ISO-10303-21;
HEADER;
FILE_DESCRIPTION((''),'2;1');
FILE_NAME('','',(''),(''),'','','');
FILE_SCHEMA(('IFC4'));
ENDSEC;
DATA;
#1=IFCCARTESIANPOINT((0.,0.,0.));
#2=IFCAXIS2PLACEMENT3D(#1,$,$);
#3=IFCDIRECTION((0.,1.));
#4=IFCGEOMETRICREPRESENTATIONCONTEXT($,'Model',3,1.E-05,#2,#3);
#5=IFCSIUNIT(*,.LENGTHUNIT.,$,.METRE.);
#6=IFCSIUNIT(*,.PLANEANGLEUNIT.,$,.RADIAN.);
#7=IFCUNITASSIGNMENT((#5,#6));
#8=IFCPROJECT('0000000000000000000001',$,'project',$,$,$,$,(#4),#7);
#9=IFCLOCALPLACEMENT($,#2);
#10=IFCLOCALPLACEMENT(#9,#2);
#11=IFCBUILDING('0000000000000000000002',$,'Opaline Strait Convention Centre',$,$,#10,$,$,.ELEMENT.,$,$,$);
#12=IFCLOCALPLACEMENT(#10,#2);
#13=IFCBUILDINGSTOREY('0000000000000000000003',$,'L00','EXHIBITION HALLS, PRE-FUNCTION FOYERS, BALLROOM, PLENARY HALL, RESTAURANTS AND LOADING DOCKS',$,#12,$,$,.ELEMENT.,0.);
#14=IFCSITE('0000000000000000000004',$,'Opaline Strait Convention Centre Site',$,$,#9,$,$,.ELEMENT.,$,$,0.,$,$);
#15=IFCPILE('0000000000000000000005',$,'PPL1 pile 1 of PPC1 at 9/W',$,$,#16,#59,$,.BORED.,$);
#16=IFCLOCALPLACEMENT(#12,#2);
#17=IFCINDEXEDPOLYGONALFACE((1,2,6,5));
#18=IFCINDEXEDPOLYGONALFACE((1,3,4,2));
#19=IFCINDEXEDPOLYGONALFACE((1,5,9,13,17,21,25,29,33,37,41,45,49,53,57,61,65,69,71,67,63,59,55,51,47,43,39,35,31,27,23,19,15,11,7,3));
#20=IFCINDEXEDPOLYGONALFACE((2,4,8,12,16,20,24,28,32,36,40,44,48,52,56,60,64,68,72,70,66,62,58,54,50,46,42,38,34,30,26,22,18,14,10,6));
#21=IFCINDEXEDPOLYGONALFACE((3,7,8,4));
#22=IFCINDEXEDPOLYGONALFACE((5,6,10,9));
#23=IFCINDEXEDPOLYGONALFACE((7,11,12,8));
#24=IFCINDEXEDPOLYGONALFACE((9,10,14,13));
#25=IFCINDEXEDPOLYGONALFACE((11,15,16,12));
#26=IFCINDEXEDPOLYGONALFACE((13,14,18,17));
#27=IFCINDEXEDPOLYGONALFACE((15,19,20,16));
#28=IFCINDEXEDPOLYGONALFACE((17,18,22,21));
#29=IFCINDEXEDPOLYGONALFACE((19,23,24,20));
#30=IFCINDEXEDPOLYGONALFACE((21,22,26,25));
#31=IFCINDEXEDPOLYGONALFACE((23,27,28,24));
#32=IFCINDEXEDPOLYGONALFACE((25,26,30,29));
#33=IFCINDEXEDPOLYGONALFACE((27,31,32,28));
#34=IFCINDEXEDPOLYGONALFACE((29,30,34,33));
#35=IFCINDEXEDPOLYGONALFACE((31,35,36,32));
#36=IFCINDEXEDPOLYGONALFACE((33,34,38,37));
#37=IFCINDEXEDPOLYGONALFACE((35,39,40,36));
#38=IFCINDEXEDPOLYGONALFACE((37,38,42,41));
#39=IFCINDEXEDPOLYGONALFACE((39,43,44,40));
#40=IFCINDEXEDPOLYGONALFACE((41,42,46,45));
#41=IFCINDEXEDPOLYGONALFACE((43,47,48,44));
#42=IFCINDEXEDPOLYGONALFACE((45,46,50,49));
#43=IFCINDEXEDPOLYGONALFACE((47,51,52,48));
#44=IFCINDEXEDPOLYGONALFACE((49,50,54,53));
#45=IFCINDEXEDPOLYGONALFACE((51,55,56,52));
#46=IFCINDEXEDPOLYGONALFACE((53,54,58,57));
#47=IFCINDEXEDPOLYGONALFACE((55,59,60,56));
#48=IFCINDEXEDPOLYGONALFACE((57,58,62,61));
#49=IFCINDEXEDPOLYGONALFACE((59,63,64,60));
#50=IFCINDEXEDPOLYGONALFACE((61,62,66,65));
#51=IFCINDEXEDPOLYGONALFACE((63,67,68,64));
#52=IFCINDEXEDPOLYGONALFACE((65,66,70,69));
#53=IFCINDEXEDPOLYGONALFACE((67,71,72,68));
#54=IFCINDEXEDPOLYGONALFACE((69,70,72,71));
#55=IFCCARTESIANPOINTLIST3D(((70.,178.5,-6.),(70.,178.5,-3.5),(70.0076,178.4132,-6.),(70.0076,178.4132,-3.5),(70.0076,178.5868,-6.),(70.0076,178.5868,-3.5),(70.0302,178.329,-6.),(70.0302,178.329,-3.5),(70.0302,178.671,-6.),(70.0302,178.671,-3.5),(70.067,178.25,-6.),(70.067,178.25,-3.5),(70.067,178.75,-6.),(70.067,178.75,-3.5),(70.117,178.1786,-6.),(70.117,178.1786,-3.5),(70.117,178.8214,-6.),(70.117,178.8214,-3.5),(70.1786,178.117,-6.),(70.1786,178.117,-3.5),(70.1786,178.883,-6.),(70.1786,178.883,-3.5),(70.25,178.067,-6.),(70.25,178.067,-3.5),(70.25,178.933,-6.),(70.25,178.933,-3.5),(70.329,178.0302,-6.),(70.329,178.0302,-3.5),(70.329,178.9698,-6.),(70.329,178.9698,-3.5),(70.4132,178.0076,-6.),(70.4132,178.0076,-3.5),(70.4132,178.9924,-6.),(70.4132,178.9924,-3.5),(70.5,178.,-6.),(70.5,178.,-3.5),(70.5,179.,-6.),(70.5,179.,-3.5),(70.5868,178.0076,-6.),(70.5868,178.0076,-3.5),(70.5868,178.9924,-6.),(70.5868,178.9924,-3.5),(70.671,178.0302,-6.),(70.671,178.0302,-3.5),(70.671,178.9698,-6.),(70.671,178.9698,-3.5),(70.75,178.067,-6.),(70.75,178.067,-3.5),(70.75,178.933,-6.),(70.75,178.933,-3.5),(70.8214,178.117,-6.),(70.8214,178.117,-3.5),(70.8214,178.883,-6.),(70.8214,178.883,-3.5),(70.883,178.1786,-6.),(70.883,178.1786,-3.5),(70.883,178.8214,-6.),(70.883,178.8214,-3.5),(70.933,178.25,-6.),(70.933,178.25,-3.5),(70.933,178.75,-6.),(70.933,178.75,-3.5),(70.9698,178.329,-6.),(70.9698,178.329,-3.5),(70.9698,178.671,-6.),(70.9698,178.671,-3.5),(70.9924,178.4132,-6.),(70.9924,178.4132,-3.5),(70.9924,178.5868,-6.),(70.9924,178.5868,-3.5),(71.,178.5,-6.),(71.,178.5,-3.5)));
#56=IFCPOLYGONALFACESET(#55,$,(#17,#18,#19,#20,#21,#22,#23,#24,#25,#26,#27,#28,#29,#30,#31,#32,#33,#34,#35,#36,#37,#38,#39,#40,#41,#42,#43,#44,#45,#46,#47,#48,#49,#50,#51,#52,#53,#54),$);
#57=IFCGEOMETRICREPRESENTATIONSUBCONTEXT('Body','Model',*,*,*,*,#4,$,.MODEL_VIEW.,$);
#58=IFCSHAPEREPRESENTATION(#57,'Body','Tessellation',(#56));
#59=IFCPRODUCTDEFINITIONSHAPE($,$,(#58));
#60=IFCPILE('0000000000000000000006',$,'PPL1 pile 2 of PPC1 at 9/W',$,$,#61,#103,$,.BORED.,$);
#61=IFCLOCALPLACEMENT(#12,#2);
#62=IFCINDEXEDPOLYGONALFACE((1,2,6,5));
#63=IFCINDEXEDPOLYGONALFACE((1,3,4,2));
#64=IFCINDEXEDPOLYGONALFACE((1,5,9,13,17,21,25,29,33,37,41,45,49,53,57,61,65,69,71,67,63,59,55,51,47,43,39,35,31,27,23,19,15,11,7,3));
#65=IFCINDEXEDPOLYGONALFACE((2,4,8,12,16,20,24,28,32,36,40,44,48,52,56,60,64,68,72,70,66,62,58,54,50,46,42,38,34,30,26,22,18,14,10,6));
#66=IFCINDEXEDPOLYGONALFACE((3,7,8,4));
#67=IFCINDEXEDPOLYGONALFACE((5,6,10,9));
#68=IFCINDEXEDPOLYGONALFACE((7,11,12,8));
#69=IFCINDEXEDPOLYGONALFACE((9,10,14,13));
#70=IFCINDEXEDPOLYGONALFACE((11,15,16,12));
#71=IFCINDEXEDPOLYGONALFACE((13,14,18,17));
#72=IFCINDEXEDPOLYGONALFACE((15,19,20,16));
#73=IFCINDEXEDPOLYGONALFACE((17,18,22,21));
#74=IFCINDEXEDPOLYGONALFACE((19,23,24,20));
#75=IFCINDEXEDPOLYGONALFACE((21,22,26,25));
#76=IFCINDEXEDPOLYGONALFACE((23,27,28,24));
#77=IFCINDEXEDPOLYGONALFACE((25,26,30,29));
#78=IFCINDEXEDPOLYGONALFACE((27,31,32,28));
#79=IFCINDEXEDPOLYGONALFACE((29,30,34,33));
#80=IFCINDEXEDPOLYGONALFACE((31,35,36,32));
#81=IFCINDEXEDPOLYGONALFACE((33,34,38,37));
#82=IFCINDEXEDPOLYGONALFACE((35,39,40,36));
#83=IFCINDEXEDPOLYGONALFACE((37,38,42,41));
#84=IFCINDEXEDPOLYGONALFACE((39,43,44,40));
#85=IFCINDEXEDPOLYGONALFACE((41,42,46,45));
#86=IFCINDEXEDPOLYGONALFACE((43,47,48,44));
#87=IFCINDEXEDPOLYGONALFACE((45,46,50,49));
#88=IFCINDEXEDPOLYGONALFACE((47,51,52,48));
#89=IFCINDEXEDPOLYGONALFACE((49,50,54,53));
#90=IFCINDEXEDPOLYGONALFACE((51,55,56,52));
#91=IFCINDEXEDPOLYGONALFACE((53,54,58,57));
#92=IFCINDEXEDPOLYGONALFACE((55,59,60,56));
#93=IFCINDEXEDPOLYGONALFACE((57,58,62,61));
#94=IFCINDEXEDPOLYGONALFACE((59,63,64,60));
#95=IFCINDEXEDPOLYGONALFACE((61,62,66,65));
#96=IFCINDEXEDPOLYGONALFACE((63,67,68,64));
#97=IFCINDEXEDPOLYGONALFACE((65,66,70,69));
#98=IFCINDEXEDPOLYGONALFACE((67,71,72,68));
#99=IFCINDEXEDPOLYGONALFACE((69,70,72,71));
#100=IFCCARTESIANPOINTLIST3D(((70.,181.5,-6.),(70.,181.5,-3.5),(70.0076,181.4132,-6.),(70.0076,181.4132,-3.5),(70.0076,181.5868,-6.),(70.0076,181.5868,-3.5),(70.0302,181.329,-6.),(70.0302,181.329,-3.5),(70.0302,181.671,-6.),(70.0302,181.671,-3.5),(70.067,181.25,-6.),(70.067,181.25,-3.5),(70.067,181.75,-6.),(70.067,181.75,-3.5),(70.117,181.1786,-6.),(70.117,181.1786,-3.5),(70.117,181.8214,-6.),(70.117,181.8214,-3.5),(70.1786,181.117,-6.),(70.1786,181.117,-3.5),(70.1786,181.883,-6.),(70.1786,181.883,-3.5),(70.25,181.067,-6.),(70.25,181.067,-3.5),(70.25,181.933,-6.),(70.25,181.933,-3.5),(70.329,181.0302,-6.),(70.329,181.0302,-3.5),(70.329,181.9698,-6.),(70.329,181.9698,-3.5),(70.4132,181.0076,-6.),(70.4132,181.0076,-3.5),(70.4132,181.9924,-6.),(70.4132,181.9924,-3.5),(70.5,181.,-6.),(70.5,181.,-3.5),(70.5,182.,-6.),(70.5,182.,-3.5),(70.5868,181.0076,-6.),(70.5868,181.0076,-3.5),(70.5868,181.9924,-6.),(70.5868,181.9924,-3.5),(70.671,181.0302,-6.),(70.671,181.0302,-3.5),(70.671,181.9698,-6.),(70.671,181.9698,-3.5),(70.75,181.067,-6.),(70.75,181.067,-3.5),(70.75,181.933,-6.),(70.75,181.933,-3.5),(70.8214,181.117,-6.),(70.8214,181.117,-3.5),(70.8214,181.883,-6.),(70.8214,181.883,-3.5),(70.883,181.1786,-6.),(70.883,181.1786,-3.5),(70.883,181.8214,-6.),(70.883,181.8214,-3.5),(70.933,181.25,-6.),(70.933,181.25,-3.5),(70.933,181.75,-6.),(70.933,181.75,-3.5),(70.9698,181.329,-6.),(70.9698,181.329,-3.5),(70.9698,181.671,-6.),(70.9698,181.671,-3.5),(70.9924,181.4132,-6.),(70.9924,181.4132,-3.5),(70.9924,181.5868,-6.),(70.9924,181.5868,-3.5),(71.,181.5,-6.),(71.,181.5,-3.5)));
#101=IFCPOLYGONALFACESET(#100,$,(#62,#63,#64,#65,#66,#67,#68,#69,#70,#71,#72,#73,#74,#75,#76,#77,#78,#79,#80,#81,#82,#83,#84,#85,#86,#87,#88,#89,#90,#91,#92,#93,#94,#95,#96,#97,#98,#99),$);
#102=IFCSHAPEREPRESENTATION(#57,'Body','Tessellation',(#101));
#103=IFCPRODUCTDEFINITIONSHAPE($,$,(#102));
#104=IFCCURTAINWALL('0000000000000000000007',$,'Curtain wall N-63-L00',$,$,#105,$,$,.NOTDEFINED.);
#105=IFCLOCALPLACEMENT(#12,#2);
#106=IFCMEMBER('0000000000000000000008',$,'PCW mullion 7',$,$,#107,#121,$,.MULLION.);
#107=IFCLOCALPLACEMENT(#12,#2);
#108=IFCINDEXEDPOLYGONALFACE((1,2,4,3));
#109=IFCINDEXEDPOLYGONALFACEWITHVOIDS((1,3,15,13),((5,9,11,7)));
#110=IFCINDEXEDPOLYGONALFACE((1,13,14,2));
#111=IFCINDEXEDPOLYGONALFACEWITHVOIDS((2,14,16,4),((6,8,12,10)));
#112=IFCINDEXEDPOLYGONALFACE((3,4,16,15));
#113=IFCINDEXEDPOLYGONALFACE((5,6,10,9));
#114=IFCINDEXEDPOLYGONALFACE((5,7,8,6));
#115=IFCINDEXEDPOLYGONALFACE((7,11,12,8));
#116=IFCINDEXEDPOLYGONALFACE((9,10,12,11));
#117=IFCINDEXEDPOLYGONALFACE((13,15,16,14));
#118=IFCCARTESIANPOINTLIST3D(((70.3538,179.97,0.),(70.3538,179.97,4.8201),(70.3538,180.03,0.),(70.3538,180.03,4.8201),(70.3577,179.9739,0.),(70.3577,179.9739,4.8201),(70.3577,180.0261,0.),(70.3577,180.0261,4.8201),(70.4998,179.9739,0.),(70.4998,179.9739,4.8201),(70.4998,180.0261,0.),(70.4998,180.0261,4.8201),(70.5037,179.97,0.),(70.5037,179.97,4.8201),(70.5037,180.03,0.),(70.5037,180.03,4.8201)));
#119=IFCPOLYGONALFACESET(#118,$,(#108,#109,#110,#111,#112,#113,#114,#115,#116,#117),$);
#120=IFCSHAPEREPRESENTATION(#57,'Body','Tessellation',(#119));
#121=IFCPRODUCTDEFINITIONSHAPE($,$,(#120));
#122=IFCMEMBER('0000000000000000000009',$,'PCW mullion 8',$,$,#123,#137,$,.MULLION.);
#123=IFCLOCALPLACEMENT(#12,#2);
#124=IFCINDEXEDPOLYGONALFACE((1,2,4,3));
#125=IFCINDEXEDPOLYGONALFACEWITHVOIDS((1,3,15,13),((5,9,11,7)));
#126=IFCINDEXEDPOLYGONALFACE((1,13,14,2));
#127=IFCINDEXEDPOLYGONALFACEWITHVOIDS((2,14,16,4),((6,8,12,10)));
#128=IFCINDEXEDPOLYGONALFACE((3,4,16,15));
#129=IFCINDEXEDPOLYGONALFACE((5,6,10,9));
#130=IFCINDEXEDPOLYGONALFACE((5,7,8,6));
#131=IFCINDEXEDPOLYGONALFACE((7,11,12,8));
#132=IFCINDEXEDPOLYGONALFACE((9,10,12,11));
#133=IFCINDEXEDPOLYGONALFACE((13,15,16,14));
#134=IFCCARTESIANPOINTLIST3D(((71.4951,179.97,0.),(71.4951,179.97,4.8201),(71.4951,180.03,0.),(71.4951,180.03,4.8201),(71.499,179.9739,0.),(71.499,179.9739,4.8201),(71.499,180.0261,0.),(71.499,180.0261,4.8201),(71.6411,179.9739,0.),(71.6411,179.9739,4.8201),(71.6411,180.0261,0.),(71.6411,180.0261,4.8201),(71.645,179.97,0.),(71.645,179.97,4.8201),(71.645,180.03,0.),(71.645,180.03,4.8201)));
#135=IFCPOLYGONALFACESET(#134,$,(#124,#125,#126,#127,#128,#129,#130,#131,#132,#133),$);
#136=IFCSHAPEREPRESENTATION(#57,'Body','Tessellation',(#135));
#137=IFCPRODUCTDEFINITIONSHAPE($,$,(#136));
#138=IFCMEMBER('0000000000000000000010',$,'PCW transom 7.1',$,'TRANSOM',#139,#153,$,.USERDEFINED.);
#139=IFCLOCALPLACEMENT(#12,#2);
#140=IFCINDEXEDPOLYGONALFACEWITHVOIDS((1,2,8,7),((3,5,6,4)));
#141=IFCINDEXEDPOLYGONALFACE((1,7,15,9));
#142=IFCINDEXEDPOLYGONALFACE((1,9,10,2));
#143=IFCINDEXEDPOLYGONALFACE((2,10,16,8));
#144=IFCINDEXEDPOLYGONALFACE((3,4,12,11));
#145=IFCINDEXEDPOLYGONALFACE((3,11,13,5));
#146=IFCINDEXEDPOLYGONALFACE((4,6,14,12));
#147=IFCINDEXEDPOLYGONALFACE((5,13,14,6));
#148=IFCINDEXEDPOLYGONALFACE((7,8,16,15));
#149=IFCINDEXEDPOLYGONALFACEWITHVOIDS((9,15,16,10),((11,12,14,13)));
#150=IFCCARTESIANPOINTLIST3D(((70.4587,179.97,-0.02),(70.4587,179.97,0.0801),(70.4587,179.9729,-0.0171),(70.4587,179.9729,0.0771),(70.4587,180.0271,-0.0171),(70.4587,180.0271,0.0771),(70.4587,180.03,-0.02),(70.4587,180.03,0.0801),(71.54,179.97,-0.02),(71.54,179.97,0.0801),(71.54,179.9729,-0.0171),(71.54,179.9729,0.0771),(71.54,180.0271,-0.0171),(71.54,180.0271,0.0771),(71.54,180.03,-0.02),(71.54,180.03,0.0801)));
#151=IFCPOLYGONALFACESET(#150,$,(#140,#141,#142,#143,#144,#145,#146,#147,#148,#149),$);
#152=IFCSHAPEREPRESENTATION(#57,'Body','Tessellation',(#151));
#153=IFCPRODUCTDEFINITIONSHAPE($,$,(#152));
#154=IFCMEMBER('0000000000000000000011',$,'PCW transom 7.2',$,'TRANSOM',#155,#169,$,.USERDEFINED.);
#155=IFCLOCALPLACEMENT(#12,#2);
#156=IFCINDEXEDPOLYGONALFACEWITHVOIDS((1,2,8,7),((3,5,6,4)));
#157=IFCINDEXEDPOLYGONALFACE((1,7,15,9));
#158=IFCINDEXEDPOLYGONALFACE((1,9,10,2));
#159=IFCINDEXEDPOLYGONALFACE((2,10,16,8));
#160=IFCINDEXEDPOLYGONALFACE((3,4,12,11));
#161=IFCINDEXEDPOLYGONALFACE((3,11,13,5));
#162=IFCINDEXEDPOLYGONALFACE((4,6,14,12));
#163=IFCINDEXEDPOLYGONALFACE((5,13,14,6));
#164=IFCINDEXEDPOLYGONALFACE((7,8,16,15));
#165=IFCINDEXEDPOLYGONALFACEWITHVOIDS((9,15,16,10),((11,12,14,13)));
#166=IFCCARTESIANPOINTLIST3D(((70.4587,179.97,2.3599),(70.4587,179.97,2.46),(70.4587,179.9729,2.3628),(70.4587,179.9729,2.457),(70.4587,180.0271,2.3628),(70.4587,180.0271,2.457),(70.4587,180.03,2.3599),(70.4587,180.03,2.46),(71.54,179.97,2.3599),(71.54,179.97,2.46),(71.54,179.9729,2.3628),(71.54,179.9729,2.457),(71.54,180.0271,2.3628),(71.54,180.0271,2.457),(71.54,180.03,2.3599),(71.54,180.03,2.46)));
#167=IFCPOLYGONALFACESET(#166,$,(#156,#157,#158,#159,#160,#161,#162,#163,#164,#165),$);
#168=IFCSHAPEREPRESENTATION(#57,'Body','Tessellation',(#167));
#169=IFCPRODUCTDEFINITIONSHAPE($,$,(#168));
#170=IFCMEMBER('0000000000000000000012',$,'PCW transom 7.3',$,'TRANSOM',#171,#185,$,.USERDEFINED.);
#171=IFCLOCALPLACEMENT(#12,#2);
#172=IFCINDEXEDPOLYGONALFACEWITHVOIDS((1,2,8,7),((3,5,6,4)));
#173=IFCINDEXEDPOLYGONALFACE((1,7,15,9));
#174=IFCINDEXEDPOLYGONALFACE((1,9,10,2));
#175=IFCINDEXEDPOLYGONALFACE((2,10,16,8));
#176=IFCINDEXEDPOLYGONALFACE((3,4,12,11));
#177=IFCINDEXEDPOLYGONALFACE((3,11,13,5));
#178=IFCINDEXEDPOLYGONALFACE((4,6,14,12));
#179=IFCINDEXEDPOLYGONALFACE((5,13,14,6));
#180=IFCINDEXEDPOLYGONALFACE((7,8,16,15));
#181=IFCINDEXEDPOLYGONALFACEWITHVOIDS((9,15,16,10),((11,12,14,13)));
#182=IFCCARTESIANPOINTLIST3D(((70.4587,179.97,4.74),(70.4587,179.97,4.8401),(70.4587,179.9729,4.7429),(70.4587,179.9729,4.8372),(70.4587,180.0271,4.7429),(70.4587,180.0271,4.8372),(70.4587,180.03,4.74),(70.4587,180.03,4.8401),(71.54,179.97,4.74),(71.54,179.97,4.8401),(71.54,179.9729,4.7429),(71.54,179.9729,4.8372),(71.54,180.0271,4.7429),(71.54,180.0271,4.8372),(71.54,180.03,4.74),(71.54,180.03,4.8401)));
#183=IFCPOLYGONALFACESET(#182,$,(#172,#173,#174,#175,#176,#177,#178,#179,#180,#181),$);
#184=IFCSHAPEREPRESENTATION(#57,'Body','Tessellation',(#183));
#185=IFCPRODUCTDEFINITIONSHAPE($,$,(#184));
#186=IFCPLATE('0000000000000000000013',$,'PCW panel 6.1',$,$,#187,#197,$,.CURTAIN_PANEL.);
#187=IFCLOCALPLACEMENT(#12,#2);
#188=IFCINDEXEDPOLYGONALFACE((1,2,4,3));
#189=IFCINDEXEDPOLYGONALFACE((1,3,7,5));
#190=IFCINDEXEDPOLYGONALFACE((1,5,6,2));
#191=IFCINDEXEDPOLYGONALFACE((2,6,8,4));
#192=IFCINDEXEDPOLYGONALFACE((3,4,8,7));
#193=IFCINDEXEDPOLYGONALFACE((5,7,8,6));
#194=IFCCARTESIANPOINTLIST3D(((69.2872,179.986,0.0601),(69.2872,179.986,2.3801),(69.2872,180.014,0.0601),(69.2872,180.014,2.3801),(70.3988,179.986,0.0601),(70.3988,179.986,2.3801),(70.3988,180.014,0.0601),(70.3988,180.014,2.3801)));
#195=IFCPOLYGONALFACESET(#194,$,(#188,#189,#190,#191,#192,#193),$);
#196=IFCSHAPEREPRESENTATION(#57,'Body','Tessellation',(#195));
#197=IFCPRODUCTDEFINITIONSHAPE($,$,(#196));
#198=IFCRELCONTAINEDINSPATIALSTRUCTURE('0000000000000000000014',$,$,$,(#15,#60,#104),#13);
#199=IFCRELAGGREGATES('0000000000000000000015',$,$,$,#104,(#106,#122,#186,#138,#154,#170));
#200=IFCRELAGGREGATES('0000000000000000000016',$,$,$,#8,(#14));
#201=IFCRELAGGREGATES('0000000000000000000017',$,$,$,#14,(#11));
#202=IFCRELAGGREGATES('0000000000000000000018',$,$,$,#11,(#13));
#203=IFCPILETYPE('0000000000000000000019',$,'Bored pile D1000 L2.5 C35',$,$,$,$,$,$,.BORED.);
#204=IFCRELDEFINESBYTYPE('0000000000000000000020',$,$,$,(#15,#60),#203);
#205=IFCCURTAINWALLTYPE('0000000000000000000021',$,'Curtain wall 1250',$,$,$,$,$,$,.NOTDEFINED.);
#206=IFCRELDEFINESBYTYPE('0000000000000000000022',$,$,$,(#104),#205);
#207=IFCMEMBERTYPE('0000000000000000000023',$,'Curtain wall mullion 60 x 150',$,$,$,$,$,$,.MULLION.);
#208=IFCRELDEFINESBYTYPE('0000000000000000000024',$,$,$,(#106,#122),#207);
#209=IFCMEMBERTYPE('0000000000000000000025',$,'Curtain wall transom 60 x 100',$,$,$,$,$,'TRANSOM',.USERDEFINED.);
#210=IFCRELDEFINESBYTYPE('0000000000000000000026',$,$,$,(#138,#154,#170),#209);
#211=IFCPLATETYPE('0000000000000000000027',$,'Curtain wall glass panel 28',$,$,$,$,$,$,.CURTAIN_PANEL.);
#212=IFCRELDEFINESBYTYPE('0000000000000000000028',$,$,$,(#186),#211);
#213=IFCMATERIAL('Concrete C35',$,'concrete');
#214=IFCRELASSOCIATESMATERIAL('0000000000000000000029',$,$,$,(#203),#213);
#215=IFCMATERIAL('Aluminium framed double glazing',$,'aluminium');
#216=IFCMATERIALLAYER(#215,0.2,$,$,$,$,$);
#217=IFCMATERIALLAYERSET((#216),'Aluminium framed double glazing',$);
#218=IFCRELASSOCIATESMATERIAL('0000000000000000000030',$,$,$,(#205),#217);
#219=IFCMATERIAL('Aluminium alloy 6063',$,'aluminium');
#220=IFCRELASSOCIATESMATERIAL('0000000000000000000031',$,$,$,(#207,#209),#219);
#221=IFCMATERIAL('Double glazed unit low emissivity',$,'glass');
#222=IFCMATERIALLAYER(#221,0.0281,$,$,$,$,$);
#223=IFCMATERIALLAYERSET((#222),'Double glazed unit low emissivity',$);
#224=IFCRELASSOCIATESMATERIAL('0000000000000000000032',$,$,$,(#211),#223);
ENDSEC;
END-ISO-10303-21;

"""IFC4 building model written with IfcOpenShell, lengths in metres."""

from ifc_helpers import new_model, si_unit, direction, frame, origin, origin_2d, place, context, subcontext, project, spatial, rectangle, hollow_rectangle, circle, extrude, material, layer, layer_set, material_profile, profile_set, type_object, element, aggregate, save


model = new_model("IFC4")

# Units and contexts
model_context = context("Model", 3, precision=1e-05, world=origin(), true_north=direction((0.0, 1.0)))
body_context = subcontext(model_context, "Body", "Model", "MODEL_VIEW")
ifc_project = project(units=[si_unit("LENGTHUNIT", "METRE"), si_unit("PLANEANGLEUNIT", "RADIAN")], contexts=[model_context])

# Site, building, storey
site_placement = place(None, origin())
site = spatial("IfcSite", under=ifc_project, at=site_placement, Name="Opaline Strait Convention Centre Site", CompositionType="ELEMENT", RefElevation=0.0)
building_placement = place(site_placement, origin())
building = spatial("IfcBuilding", under=site, at=building_placement, Name="Opaline Strait Convention Centre", CompositionType="ELEMENT")
storey_placement = place(building_placement, origin())
storey = spatial("IfcBuildingStorey", under=building, at=storey_placement, Name="L00", Description="EXHIBITION HALLS, PRE-FUNCTION FOYERS, BALLROOM, PLENARY HALL, RESTAURANTS AND LOADING DOCKS", CompositionType="ELEMENT", Elevation=0.0)

# Piles
ifc_material_1 = material(Name="Concrete C35", Category="concrete")
ifc_material_profile_1 = material_profile(ifc_material_1, circle(Radius=0.5, at=origin_2d()), Name="D1000")
ifc_profile_set_1 = profile_set([ifc_material_profile_1], Name="Concrete C35")
pile_type = type_object("IfcPileType", Name="Bored pile D1000 L2.5 C35", PredefinedType="BORED", material=ifc_profile_set_1)
for number, where, z_axis, x_axis, name in (
    (1, (70.5, 178.5, -3.5), (0.0, 0.0, -1.0), (1.0, 0.0, 0.0), "PPL1 pile 1 of PPC1 at 9/W"),
    (2, (70.5, 181.5, -3.5), (0.0, 0.0, -1.0), (1.0, 0.0, 0.0), "PPL1 pile 2 of PPC1 at 9/W"),
):
    element("IfcPile", number, at=place(storey_placement, frame(where, z_axis=z_axis, x_axis=x_axis)), inside=storey, type_object=pile_type, Name=name, PredefinedType="BORED", context=body_context, shape_type="SweptSolid", body=[
        extrude(circle(Radius=0.5, at=origin_2d()), origin(), (0.0, 0.0, 1.0), 2.5),
    ])

# Curtain wall, members, plate
ifc_material_2 = material(Name="Aluminium framed double glazing", Category="aluminium")
ifc_layer_1 = layer(ifc_material_2, 0.2)
ifc_layer_set_1 = layer_set([ifc_layer_1], Name="Aluminium framed double glazing")
curtain_wall_type = type_object("IfcCurtainWallType", Name="Curtain wall 1250", PredefinedType="NOTDEFINED", material=ifc_layer_set_1)
curtain_wall_placement = place(storey_placement, origin())
curtain_wall = element("IfcCurtainWall", 3, at=curtain_wall_placement, inside=storey, type_object=curtain_wall_type, Name="Curtain wall N-63-L00", PredefinedType="NOTDEFINED")
ifc_material_3 = material(Name="Aluminium alloy 6063", Category="aluminium")
ifc_material_profile_2 = material_profile(ifc_material_3, hollow_rectangle(XDim=0.0601, YDim=0.1499, WallThickness=0.0039, at=origin_2d()), Name="MULLION 60x150x4")
ifc_profile_set_2 = profile_set([ifc_material_profile_2], Name="Aluminium alloy 6063")
member_type_1 = type_object("IfcMemberType", Name="Curtain wall mullion 60 x 150", PredefinedType="MULLION", material=ifc_profile_set_2)
member_1_placement = place(storey_placement, frame((70.4287, 180.0, 0.0), z_axis=(0.0, 0.0, 1.0), x_axis=(0.0, 1.0, 0.0)))
member_1 = element("IfcMember", 4, at=member_1_placement, type_object=member_type_1, Name="PCW mullion 7", PredefinedType="MULLION", context=body_context, shape_type="SweptSolid", body=[
    extrude(hollow_rectangle(XDim=0.0601, YDim=0.1499, WallThickness=0.0039, at=origin_2d()), origin(), (0.0, 0.0, 1.0), 4.8201),
])
member_2_placement = place(storey_placement, frame((71.5701, 180.0, 0.0), z_axis=(0.0, 0.0, 1.0), x_axis=(0.0, 1.0, 0.0)))
member_2 = element("IfcMember", 5, at=member_2_placement, type_object=member_type_1, Name="PCW mullion 8", PredefinedType="MULLION", context=body_context, shape_type="SweptSolid", body=[
    extrude(hollow_rectangle(XDim=0.0601, YDim=0.1499, WallThickness=0.0039, at=origin_2d()), origin(), (0.0, 0.0, 1.0), 4.8201),
])
ifc_material_profile_3 = material_profile(ifc_material_3, hollow_rectangle(XDim=0.0601, YDim=0.1001, WallThickness=0.0029, at=origin_2d()), Name="TRANSOM 60x100x3")
ifc_profile_set_3 = profile_set([ifc_material_profile_3], Name="Aluminium alloy 6063")
member_type_2 = type_object("IfcMemberType", Name="Curtain wall transom 60 x 100", ElementType="TRANSOM", PredefinedType="USERDEFINED", material=ifc_profile_set_3)
member_3_placement = place(storey_placement, frame((70.4587, 180.0, 0.03), z_axis=(1.0, 0.0, 0.0), x_axis=(0.0, 1.0, 0.0)))
member_3 = element("IfcMember", 6, at=member_3_placement, type_object=member_type_2, Name="PCW transom 7.1", ObjectType="TRANSOM", PredefinedType="USERDEFINED", context=body_context, shape_type="SweptSolid", body=[
    extrude(hollow_rectangle(XDim=0.0601, YDim=0.1001, WallThickness=0.0029, at=origin_2d()), origin(), (0.0, 0.0, 1.0), 1.0813),
])
member_4_placement = place(storey_placement, frame((70.4587, 180.0, 2.4099), z_axis=(1.0, 0.0, 0.0), x_axis=(0.0, 1.0, 0.0)))
member_4 = element("IfcMember", 7, at=member_4_placement, type_object=member_type_2, Name="PCW transom 7.2", ObjectType="TRANSOM", PredefinedType="USERDEFINED", context=body_context, shape_type="SweptSolid", body=[
    extrude(hollow_rectangle(XDim=0.0601, YDim=0.1001, WallThickness=0.0029, at=origin_2d()), origin(), (0.0, 0.0, 1.0), 1.0813),
])
member_5_placement = place(storey_placement, frame((70.4587, 180.0, 4.79), z_axis=(1.0, 0.0, 0.0), x_axis=(0.0, 1.0, 0.0)))
member_5 = element("IfcMember", 8, at=member_5_placement, type_object=member_type_2, Name="PCW transom 7.3", ObjectType="TRANSOM", PredefinedType="USERDEFINED", context=body_context, shape_type="SweptSolid", body=[
    extrude(hollow_rectangle(XDim=0.0601, YDim=0.1001, WallThickness=0.0029, at=origin_2d()), origin(), (0.0, 0.0, 1.0), 1.0813),
])
ifc_material_4 = material(Name="Double glazed unit low emissivity", Category="glass")
ifc_layer_2 = layer(ifc_material_4, 0.0281)
ifc_layer_set_2 = layer_set([ifc_layer_2], Name="Double glazed unit low emissivity")
plate_type = type_object("IfcPlateType", Name="Curtain wall glass panel 28", PredefinedType="CURTAIN_PANEL", material=ifc_layer_set_2)
plate_1_placement = place(storey_placement, frame((69.843, 180.0, 0.0601), z_axis=(0.0, 0.0, 1.0), x_axis=(1.0, 0.0, 0.0)))
plate_1 = element("IfcPlate", 9, at=plate_1_placement, type_object=plate_type, Name="PCW panel 6.1", PredefinedType="CURTAIN_PANEL", context=body_context, shape_type="SweptSolid", body=[
    extrude(rectangle(XDim=1.1116, YDim=0.0281, at=origin_2d()), origin(), (0.0, 0.0, 1.0), 2.3201),
])
aggregate(curtain_wall, [member_1, member_2, plate_1, member_3, member_4, member_5])

save(model, "model.ifc")
